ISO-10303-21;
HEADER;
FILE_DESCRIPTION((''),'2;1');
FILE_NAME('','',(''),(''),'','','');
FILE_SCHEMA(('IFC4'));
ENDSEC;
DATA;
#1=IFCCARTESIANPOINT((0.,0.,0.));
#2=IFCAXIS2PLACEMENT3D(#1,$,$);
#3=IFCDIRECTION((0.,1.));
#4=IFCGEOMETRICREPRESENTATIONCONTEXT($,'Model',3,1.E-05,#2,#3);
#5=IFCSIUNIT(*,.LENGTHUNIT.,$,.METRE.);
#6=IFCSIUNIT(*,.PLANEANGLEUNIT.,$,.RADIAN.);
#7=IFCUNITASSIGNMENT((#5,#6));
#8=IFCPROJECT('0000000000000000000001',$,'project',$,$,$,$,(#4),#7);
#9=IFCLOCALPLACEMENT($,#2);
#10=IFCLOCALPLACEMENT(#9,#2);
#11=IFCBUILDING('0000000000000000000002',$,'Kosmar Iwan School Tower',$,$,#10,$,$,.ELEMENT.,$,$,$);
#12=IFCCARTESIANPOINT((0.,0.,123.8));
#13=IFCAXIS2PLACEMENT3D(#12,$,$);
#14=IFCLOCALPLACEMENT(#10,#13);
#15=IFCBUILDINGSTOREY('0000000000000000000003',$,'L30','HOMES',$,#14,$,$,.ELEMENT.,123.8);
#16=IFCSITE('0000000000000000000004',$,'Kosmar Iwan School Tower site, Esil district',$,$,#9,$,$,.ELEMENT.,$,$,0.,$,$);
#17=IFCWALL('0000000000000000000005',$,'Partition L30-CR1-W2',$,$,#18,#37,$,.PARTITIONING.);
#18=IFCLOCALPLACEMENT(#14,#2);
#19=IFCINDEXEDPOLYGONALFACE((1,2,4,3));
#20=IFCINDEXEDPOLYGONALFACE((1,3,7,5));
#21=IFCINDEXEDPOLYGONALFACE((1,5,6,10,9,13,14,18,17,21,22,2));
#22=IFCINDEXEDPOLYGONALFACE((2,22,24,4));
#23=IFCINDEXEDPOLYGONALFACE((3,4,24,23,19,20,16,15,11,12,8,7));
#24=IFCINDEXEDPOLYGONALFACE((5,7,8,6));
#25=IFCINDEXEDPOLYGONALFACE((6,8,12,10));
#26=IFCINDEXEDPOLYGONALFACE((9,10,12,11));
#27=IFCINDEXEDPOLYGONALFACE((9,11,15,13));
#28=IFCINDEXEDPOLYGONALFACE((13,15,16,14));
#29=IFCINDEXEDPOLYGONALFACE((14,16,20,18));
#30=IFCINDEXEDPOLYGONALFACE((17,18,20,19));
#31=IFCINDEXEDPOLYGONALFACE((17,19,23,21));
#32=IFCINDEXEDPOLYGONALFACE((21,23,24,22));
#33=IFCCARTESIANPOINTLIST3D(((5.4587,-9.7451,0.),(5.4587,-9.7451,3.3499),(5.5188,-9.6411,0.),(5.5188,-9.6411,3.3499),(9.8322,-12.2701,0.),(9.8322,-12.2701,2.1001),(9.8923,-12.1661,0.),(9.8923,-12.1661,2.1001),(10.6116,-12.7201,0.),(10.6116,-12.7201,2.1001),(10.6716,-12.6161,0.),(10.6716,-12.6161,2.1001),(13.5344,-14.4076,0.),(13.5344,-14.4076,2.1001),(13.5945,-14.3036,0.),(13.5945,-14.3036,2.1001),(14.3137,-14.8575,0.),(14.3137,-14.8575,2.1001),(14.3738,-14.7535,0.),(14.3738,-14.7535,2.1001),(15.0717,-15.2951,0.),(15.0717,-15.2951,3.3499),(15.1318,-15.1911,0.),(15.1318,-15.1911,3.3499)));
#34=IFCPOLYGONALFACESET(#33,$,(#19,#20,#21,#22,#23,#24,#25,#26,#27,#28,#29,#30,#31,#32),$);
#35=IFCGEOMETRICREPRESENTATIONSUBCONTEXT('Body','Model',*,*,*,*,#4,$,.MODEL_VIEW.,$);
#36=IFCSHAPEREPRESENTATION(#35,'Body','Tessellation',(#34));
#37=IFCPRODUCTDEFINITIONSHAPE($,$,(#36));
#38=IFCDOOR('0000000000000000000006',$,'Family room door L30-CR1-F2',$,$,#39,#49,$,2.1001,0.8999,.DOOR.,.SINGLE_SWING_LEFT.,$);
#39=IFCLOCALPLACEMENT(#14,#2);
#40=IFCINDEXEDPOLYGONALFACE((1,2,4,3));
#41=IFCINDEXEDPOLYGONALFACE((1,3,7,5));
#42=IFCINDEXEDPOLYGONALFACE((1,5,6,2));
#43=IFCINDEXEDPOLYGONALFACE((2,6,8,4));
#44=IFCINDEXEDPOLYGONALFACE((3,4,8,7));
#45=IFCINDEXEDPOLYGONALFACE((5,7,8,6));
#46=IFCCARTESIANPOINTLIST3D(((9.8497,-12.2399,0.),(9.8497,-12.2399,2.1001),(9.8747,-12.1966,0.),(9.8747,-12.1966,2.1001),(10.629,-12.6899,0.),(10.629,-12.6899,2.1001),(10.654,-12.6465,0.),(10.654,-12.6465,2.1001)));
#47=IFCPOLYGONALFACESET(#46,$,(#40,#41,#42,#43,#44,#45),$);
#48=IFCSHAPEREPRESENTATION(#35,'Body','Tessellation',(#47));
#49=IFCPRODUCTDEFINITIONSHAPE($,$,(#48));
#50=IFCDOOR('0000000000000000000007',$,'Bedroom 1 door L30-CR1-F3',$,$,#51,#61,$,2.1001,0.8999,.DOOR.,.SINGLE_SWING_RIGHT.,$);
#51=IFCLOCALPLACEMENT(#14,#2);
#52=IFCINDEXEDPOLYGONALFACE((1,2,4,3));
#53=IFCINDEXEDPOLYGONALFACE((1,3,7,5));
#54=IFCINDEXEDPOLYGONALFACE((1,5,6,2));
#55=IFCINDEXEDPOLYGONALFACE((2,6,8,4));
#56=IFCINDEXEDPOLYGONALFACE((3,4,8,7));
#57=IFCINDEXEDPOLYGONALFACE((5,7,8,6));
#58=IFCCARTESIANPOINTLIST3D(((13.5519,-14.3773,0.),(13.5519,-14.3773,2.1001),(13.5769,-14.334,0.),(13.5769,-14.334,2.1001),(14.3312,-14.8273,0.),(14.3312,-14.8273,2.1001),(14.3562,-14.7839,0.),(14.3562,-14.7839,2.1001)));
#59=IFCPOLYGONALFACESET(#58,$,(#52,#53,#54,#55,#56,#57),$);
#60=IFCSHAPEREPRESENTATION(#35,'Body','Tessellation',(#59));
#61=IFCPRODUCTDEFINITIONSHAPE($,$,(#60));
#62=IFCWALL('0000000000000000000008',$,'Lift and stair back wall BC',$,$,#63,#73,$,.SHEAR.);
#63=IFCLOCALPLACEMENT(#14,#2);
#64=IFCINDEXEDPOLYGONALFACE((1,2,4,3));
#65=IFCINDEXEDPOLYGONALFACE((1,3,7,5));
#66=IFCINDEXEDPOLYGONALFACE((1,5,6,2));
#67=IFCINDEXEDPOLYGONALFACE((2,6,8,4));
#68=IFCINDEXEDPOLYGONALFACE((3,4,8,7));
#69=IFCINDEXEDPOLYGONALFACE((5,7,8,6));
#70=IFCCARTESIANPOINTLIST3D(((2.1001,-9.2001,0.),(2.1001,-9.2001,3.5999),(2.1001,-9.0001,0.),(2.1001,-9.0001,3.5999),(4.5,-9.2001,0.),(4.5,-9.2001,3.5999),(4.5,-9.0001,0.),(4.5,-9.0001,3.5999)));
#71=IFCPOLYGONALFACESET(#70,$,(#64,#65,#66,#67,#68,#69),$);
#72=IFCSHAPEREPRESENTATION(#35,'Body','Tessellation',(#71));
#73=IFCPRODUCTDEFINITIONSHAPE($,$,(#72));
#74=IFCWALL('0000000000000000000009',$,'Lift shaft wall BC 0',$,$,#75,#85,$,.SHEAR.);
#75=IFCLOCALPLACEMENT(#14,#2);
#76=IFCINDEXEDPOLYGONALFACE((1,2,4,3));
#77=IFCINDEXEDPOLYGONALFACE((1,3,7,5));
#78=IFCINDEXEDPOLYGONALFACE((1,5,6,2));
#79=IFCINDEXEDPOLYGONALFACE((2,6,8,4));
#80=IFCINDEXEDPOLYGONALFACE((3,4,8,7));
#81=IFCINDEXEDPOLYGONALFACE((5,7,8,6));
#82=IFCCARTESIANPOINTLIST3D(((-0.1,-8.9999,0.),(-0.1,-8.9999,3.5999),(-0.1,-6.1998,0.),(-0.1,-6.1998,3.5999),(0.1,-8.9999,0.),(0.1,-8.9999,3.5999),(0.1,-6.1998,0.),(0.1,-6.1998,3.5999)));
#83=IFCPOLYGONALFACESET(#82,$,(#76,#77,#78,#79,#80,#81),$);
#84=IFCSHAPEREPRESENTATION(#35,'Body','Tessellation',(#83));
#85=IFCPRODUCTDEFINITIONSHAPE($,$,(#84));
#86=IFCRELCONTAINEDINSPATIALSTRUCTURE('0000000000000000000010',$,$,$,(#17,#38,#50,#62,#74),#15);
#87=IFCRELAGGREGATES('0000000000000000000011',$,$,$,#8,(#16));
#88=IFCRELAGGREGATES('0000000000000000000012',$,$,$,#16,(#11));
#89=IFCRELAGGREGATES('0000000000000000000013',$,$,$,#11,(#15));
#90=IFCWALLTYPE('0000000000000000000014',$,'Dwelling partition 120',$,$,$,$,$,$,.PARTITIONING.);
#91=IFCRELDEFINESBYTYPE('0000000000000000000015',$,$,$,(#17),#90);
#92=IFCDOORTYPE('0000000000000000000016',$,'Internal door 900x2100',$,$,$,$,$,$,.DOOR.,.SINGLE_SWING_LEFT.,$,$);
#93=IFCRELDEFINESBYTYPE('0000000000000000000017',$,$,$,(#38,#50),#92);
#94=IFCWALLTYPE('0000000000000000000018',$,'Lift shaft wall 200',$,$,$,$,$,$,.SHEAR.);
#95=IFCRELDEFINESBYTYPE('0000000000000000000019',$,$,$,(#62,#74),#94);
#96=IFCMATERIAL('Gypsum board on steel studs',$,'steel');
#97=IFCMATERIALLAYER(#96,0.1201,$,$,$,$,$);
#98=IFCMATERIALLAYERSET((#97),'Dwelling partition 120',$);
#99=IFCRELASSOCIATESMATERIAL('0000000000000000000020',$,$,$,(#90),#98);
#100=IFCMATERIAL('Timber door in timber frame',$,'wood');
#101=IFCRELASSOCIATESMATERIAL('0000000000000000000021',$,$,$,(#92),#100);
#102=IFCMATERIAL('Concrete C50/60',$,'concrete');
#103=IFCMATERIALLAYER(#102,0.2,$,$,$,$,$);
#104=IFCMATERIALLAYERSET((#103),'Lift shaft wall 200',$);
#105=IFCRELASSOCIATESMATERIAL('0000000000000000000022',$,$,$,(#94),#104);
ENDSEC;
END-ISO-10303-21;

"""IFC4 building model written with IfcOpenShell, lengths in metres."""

from ifc_helpers import new_model, si_unit, direction, frame, frame_2d, origin, place, context, subcontext, project, spatial, rectangle, extrude, material, layer, layer_set, type_object, element, fill, save


model = new_model("IFC4")

# Units and contexts
model_context = context("Model", 3, precision=1e-05, world=origin(), true_north=direction((0.0, 1.0)))
body_context = subcontext(model_context, "Body", "Model", "MODEL_VIEW")
ifc_project = project(units=[si_unit("LENGTHUNIT", "METRE"), si_unit("PLANEANGLEUNIT", "RADIAN")], contexts=[model_context])

# Site, building, storey
site_placement = place(None, origin())
site = spatial("IfcSite", under=ifc_project, at=site_placement, Name="Kosmar Iwan School Tower site, Esil district", CompositionType="ELEMENT", RefElevation=0.0)
building_placement = place(site_placement, origin())
building = spatial("IfcBuilding", under=site, at=building_placement, Name="Kosmar Iwan School Tower", CompositionType="ELEMENT")
storey_placement = place(building_placement, frame((0.0, 0.0, 123.8)))
storey = spatial("IfcBuildingStorey", under=building, at=storey_placement, Name="L30", Description="HOMES", CompositionType="ELEMENT", Elevation=123.8)

# Wall, openings, doors
ifc_material_1 = material(Name="Gypsum board on steel studs", Category="steel")
ifc_layer_1 = layer(ifc_material_1, 0.1201)
ifc_layer_set_1 = layer_set([ifc_layer_1], Name="Dwelling partition 120")
wall_type_1 = type_object("IfcWallType", Name="Dwelling partition 120", PredefinedType="PARTITIONING", material=ifc_layer_set_1)
wall_1_placement = place(storey_placement, frame((5.4888, -9.6931, 0.0), z_axis=(0.0, 0.0, 1.0), x_axis=(0.866027, -0.499997, 0.0)))
wall_1 = element("IfcWall", 1, at=wall_1_placement, inside=storey, type_object=wall_type_1, Name="Partition L30-CR1-W2", PredefinedType="PARTITIONING", context=body_context, shape_type="SweptSolid", body=[
    extrude(rectangle(XDim=11.1001, YDim=0.1201, at=frame_2d((5.55, 0.0))), origin(), (0.0, 0.0, 1.0), 3.3499),
])
opening_1_placement = place(wall_1_placement, frame((5.05, 0.0, 0.0)))
opening_1 = element("IfcOpeningElement", 2, at=opening_1_placement, cuts=wall_1, PredefinedType="OPENING", context=body_context, shape_type="SweptSolid", body=[
    extrude(rectangle(XDim=0.8999, YDim=2.1001, at=frame_2d((0.45, 1.05))), frame((0.0, 0.072, 0.0), z_axis=(0.0, -1.0, 0.0), x_axis=(1.0, 0.0, 0.0)), (0.0, 0.0, 1.0), 0.144),
])
opening_2_placement = place(wall_1_placement, frame((9.325, 0.0, 0.0)))
opening_2 = element("IfcOpeningElement", 3, at=opening_2_placement, cuts=wall_1, PredefinedType="OPENING", context=body_context, shape_type="SweptSolid", body=[
    extrude(rectangle(XDim=0.8999, YDim=2.1001, at=frame_2d((0.45, 1.05))), frame((0.0, 0.072, 0.0), z_axis=(0.0, -1.0, 0.0), x_axis=(1.0, 0.0, 0.0)), (0.0, 0.0, 1.0), 0.144),
])
ifc_material_2 = material(Name="Timber door in timber frame", Category="wood")
door_type = type_object("IfcDoorType", Name="Internal door 900x2100", OperationType="SINGLE_SWING_LEFT", PredefinedType="DOOR", material=ifc_material_2)
door_1_placement = place(opening_1_placement, origin())
door_1 = element("IfcDoor", 4, at=door_1_placement, inside=storey, type_object=door_type, Name="Family room door L30-CR1-F2", OperationType="SINGLE_SWING_LEFT", OverallHeight=2.1001, OverallWidth=0.8999, PredefinedType="DOOR", context=body_context, shape_type="SweptSolid", body=[
    extrude(rectangle(XDim=0.8999, YDim=2.1001, at=frame_2d((0.45, 1.05))), frame((0.0, 0.0249, 0.0), z_axis=(0.0, -1.0, 0.0), x_axis=(1.0, 0.0, 0.0)), (0.0, 0.0, 1.0), 0.05),
])
fill(opening_1, door_1)
door_2_placement = place(opening_2_placement, origin())
door_2 = element("IfcDoor", 5, at=door_2_placement, inside=storey, type_object=door_type, Name="Bedroom 1 door L30-CR1-F3", OperationType="SINGLE_SWING_RIGHT", OverallHeight=2.1001, OverallWidth=0.8999, PredefinedType="DOOR", context=body_context, shape_type="SweptSolid", body=[
    extrude(rectangle(XDim=0.8999, YDim=2.1001, at=frame_2d((0.45, 1.05))), frame((0.0, 0.0249, 0.0), z_axis=(0.0, -1.0, 0.0), x_axis=(1.0, 0.0, 0.0)), (0.0, 0.0, 1.0), 0.05),
])
fill(opening_2, door_2)

# Walls
ifc_material_3 = material(Name="Concrete C50/60", Category="concrete")
ifc_layer_2 = layer(ifc_material_3, 0.2)
ifc_layer_set_2 = layer_set([ifc_layer_2], Name="Lift shaft wall 200")
wall_type_2 = type_object("IfcWallType", Name="Lift shaft wall 200", PredefinedType="SHEAR", material=ifc_layer_set_2)
wall_2_placement = place(storey_placement, frame((2.1001, -9.1001, 0.0), z_axis=(0.0, 0.0, 1.0), x_axis=(1.0, 0.0, 0.0)))
element("IfcWall", 6, at=wall_2_placement, inside=storey, type_object=wall_type_2, Name="Lift and stair back wall BC", PredefinedType="SHEAR", context=body_context, shape_type="SweptSolid", body=[
    extrude(rectangle(XDim=2.3999, YDim=0.2, at=frame_2d((1.2, 0.0))), origin(), (0.0, 0.0, 1.0), 3.5999),
])
wall_3_placement = place(storey_placement, frame((0.0, -6.2, 0.0), z_axis=(0.0, 0.0, 1.0), x_axis=(0.0, -1.0, 0.0)))
element("IfcWall", 7, at=wall_3_placement, inside=storey, type_object=wall_type_2, Name="Lift shaft wall BC 0", PredefinedType="SHEAR", context=body_context, shape_type="SweptSolid", body=[
    extrude(rectangle(XDim=2.8, YDim=0.2, at=frame_2d((1.3999, 0.0))), origin(), (0.0, 0.0, 1.0), 3.5999),
])

save(model, "model.ifc")
